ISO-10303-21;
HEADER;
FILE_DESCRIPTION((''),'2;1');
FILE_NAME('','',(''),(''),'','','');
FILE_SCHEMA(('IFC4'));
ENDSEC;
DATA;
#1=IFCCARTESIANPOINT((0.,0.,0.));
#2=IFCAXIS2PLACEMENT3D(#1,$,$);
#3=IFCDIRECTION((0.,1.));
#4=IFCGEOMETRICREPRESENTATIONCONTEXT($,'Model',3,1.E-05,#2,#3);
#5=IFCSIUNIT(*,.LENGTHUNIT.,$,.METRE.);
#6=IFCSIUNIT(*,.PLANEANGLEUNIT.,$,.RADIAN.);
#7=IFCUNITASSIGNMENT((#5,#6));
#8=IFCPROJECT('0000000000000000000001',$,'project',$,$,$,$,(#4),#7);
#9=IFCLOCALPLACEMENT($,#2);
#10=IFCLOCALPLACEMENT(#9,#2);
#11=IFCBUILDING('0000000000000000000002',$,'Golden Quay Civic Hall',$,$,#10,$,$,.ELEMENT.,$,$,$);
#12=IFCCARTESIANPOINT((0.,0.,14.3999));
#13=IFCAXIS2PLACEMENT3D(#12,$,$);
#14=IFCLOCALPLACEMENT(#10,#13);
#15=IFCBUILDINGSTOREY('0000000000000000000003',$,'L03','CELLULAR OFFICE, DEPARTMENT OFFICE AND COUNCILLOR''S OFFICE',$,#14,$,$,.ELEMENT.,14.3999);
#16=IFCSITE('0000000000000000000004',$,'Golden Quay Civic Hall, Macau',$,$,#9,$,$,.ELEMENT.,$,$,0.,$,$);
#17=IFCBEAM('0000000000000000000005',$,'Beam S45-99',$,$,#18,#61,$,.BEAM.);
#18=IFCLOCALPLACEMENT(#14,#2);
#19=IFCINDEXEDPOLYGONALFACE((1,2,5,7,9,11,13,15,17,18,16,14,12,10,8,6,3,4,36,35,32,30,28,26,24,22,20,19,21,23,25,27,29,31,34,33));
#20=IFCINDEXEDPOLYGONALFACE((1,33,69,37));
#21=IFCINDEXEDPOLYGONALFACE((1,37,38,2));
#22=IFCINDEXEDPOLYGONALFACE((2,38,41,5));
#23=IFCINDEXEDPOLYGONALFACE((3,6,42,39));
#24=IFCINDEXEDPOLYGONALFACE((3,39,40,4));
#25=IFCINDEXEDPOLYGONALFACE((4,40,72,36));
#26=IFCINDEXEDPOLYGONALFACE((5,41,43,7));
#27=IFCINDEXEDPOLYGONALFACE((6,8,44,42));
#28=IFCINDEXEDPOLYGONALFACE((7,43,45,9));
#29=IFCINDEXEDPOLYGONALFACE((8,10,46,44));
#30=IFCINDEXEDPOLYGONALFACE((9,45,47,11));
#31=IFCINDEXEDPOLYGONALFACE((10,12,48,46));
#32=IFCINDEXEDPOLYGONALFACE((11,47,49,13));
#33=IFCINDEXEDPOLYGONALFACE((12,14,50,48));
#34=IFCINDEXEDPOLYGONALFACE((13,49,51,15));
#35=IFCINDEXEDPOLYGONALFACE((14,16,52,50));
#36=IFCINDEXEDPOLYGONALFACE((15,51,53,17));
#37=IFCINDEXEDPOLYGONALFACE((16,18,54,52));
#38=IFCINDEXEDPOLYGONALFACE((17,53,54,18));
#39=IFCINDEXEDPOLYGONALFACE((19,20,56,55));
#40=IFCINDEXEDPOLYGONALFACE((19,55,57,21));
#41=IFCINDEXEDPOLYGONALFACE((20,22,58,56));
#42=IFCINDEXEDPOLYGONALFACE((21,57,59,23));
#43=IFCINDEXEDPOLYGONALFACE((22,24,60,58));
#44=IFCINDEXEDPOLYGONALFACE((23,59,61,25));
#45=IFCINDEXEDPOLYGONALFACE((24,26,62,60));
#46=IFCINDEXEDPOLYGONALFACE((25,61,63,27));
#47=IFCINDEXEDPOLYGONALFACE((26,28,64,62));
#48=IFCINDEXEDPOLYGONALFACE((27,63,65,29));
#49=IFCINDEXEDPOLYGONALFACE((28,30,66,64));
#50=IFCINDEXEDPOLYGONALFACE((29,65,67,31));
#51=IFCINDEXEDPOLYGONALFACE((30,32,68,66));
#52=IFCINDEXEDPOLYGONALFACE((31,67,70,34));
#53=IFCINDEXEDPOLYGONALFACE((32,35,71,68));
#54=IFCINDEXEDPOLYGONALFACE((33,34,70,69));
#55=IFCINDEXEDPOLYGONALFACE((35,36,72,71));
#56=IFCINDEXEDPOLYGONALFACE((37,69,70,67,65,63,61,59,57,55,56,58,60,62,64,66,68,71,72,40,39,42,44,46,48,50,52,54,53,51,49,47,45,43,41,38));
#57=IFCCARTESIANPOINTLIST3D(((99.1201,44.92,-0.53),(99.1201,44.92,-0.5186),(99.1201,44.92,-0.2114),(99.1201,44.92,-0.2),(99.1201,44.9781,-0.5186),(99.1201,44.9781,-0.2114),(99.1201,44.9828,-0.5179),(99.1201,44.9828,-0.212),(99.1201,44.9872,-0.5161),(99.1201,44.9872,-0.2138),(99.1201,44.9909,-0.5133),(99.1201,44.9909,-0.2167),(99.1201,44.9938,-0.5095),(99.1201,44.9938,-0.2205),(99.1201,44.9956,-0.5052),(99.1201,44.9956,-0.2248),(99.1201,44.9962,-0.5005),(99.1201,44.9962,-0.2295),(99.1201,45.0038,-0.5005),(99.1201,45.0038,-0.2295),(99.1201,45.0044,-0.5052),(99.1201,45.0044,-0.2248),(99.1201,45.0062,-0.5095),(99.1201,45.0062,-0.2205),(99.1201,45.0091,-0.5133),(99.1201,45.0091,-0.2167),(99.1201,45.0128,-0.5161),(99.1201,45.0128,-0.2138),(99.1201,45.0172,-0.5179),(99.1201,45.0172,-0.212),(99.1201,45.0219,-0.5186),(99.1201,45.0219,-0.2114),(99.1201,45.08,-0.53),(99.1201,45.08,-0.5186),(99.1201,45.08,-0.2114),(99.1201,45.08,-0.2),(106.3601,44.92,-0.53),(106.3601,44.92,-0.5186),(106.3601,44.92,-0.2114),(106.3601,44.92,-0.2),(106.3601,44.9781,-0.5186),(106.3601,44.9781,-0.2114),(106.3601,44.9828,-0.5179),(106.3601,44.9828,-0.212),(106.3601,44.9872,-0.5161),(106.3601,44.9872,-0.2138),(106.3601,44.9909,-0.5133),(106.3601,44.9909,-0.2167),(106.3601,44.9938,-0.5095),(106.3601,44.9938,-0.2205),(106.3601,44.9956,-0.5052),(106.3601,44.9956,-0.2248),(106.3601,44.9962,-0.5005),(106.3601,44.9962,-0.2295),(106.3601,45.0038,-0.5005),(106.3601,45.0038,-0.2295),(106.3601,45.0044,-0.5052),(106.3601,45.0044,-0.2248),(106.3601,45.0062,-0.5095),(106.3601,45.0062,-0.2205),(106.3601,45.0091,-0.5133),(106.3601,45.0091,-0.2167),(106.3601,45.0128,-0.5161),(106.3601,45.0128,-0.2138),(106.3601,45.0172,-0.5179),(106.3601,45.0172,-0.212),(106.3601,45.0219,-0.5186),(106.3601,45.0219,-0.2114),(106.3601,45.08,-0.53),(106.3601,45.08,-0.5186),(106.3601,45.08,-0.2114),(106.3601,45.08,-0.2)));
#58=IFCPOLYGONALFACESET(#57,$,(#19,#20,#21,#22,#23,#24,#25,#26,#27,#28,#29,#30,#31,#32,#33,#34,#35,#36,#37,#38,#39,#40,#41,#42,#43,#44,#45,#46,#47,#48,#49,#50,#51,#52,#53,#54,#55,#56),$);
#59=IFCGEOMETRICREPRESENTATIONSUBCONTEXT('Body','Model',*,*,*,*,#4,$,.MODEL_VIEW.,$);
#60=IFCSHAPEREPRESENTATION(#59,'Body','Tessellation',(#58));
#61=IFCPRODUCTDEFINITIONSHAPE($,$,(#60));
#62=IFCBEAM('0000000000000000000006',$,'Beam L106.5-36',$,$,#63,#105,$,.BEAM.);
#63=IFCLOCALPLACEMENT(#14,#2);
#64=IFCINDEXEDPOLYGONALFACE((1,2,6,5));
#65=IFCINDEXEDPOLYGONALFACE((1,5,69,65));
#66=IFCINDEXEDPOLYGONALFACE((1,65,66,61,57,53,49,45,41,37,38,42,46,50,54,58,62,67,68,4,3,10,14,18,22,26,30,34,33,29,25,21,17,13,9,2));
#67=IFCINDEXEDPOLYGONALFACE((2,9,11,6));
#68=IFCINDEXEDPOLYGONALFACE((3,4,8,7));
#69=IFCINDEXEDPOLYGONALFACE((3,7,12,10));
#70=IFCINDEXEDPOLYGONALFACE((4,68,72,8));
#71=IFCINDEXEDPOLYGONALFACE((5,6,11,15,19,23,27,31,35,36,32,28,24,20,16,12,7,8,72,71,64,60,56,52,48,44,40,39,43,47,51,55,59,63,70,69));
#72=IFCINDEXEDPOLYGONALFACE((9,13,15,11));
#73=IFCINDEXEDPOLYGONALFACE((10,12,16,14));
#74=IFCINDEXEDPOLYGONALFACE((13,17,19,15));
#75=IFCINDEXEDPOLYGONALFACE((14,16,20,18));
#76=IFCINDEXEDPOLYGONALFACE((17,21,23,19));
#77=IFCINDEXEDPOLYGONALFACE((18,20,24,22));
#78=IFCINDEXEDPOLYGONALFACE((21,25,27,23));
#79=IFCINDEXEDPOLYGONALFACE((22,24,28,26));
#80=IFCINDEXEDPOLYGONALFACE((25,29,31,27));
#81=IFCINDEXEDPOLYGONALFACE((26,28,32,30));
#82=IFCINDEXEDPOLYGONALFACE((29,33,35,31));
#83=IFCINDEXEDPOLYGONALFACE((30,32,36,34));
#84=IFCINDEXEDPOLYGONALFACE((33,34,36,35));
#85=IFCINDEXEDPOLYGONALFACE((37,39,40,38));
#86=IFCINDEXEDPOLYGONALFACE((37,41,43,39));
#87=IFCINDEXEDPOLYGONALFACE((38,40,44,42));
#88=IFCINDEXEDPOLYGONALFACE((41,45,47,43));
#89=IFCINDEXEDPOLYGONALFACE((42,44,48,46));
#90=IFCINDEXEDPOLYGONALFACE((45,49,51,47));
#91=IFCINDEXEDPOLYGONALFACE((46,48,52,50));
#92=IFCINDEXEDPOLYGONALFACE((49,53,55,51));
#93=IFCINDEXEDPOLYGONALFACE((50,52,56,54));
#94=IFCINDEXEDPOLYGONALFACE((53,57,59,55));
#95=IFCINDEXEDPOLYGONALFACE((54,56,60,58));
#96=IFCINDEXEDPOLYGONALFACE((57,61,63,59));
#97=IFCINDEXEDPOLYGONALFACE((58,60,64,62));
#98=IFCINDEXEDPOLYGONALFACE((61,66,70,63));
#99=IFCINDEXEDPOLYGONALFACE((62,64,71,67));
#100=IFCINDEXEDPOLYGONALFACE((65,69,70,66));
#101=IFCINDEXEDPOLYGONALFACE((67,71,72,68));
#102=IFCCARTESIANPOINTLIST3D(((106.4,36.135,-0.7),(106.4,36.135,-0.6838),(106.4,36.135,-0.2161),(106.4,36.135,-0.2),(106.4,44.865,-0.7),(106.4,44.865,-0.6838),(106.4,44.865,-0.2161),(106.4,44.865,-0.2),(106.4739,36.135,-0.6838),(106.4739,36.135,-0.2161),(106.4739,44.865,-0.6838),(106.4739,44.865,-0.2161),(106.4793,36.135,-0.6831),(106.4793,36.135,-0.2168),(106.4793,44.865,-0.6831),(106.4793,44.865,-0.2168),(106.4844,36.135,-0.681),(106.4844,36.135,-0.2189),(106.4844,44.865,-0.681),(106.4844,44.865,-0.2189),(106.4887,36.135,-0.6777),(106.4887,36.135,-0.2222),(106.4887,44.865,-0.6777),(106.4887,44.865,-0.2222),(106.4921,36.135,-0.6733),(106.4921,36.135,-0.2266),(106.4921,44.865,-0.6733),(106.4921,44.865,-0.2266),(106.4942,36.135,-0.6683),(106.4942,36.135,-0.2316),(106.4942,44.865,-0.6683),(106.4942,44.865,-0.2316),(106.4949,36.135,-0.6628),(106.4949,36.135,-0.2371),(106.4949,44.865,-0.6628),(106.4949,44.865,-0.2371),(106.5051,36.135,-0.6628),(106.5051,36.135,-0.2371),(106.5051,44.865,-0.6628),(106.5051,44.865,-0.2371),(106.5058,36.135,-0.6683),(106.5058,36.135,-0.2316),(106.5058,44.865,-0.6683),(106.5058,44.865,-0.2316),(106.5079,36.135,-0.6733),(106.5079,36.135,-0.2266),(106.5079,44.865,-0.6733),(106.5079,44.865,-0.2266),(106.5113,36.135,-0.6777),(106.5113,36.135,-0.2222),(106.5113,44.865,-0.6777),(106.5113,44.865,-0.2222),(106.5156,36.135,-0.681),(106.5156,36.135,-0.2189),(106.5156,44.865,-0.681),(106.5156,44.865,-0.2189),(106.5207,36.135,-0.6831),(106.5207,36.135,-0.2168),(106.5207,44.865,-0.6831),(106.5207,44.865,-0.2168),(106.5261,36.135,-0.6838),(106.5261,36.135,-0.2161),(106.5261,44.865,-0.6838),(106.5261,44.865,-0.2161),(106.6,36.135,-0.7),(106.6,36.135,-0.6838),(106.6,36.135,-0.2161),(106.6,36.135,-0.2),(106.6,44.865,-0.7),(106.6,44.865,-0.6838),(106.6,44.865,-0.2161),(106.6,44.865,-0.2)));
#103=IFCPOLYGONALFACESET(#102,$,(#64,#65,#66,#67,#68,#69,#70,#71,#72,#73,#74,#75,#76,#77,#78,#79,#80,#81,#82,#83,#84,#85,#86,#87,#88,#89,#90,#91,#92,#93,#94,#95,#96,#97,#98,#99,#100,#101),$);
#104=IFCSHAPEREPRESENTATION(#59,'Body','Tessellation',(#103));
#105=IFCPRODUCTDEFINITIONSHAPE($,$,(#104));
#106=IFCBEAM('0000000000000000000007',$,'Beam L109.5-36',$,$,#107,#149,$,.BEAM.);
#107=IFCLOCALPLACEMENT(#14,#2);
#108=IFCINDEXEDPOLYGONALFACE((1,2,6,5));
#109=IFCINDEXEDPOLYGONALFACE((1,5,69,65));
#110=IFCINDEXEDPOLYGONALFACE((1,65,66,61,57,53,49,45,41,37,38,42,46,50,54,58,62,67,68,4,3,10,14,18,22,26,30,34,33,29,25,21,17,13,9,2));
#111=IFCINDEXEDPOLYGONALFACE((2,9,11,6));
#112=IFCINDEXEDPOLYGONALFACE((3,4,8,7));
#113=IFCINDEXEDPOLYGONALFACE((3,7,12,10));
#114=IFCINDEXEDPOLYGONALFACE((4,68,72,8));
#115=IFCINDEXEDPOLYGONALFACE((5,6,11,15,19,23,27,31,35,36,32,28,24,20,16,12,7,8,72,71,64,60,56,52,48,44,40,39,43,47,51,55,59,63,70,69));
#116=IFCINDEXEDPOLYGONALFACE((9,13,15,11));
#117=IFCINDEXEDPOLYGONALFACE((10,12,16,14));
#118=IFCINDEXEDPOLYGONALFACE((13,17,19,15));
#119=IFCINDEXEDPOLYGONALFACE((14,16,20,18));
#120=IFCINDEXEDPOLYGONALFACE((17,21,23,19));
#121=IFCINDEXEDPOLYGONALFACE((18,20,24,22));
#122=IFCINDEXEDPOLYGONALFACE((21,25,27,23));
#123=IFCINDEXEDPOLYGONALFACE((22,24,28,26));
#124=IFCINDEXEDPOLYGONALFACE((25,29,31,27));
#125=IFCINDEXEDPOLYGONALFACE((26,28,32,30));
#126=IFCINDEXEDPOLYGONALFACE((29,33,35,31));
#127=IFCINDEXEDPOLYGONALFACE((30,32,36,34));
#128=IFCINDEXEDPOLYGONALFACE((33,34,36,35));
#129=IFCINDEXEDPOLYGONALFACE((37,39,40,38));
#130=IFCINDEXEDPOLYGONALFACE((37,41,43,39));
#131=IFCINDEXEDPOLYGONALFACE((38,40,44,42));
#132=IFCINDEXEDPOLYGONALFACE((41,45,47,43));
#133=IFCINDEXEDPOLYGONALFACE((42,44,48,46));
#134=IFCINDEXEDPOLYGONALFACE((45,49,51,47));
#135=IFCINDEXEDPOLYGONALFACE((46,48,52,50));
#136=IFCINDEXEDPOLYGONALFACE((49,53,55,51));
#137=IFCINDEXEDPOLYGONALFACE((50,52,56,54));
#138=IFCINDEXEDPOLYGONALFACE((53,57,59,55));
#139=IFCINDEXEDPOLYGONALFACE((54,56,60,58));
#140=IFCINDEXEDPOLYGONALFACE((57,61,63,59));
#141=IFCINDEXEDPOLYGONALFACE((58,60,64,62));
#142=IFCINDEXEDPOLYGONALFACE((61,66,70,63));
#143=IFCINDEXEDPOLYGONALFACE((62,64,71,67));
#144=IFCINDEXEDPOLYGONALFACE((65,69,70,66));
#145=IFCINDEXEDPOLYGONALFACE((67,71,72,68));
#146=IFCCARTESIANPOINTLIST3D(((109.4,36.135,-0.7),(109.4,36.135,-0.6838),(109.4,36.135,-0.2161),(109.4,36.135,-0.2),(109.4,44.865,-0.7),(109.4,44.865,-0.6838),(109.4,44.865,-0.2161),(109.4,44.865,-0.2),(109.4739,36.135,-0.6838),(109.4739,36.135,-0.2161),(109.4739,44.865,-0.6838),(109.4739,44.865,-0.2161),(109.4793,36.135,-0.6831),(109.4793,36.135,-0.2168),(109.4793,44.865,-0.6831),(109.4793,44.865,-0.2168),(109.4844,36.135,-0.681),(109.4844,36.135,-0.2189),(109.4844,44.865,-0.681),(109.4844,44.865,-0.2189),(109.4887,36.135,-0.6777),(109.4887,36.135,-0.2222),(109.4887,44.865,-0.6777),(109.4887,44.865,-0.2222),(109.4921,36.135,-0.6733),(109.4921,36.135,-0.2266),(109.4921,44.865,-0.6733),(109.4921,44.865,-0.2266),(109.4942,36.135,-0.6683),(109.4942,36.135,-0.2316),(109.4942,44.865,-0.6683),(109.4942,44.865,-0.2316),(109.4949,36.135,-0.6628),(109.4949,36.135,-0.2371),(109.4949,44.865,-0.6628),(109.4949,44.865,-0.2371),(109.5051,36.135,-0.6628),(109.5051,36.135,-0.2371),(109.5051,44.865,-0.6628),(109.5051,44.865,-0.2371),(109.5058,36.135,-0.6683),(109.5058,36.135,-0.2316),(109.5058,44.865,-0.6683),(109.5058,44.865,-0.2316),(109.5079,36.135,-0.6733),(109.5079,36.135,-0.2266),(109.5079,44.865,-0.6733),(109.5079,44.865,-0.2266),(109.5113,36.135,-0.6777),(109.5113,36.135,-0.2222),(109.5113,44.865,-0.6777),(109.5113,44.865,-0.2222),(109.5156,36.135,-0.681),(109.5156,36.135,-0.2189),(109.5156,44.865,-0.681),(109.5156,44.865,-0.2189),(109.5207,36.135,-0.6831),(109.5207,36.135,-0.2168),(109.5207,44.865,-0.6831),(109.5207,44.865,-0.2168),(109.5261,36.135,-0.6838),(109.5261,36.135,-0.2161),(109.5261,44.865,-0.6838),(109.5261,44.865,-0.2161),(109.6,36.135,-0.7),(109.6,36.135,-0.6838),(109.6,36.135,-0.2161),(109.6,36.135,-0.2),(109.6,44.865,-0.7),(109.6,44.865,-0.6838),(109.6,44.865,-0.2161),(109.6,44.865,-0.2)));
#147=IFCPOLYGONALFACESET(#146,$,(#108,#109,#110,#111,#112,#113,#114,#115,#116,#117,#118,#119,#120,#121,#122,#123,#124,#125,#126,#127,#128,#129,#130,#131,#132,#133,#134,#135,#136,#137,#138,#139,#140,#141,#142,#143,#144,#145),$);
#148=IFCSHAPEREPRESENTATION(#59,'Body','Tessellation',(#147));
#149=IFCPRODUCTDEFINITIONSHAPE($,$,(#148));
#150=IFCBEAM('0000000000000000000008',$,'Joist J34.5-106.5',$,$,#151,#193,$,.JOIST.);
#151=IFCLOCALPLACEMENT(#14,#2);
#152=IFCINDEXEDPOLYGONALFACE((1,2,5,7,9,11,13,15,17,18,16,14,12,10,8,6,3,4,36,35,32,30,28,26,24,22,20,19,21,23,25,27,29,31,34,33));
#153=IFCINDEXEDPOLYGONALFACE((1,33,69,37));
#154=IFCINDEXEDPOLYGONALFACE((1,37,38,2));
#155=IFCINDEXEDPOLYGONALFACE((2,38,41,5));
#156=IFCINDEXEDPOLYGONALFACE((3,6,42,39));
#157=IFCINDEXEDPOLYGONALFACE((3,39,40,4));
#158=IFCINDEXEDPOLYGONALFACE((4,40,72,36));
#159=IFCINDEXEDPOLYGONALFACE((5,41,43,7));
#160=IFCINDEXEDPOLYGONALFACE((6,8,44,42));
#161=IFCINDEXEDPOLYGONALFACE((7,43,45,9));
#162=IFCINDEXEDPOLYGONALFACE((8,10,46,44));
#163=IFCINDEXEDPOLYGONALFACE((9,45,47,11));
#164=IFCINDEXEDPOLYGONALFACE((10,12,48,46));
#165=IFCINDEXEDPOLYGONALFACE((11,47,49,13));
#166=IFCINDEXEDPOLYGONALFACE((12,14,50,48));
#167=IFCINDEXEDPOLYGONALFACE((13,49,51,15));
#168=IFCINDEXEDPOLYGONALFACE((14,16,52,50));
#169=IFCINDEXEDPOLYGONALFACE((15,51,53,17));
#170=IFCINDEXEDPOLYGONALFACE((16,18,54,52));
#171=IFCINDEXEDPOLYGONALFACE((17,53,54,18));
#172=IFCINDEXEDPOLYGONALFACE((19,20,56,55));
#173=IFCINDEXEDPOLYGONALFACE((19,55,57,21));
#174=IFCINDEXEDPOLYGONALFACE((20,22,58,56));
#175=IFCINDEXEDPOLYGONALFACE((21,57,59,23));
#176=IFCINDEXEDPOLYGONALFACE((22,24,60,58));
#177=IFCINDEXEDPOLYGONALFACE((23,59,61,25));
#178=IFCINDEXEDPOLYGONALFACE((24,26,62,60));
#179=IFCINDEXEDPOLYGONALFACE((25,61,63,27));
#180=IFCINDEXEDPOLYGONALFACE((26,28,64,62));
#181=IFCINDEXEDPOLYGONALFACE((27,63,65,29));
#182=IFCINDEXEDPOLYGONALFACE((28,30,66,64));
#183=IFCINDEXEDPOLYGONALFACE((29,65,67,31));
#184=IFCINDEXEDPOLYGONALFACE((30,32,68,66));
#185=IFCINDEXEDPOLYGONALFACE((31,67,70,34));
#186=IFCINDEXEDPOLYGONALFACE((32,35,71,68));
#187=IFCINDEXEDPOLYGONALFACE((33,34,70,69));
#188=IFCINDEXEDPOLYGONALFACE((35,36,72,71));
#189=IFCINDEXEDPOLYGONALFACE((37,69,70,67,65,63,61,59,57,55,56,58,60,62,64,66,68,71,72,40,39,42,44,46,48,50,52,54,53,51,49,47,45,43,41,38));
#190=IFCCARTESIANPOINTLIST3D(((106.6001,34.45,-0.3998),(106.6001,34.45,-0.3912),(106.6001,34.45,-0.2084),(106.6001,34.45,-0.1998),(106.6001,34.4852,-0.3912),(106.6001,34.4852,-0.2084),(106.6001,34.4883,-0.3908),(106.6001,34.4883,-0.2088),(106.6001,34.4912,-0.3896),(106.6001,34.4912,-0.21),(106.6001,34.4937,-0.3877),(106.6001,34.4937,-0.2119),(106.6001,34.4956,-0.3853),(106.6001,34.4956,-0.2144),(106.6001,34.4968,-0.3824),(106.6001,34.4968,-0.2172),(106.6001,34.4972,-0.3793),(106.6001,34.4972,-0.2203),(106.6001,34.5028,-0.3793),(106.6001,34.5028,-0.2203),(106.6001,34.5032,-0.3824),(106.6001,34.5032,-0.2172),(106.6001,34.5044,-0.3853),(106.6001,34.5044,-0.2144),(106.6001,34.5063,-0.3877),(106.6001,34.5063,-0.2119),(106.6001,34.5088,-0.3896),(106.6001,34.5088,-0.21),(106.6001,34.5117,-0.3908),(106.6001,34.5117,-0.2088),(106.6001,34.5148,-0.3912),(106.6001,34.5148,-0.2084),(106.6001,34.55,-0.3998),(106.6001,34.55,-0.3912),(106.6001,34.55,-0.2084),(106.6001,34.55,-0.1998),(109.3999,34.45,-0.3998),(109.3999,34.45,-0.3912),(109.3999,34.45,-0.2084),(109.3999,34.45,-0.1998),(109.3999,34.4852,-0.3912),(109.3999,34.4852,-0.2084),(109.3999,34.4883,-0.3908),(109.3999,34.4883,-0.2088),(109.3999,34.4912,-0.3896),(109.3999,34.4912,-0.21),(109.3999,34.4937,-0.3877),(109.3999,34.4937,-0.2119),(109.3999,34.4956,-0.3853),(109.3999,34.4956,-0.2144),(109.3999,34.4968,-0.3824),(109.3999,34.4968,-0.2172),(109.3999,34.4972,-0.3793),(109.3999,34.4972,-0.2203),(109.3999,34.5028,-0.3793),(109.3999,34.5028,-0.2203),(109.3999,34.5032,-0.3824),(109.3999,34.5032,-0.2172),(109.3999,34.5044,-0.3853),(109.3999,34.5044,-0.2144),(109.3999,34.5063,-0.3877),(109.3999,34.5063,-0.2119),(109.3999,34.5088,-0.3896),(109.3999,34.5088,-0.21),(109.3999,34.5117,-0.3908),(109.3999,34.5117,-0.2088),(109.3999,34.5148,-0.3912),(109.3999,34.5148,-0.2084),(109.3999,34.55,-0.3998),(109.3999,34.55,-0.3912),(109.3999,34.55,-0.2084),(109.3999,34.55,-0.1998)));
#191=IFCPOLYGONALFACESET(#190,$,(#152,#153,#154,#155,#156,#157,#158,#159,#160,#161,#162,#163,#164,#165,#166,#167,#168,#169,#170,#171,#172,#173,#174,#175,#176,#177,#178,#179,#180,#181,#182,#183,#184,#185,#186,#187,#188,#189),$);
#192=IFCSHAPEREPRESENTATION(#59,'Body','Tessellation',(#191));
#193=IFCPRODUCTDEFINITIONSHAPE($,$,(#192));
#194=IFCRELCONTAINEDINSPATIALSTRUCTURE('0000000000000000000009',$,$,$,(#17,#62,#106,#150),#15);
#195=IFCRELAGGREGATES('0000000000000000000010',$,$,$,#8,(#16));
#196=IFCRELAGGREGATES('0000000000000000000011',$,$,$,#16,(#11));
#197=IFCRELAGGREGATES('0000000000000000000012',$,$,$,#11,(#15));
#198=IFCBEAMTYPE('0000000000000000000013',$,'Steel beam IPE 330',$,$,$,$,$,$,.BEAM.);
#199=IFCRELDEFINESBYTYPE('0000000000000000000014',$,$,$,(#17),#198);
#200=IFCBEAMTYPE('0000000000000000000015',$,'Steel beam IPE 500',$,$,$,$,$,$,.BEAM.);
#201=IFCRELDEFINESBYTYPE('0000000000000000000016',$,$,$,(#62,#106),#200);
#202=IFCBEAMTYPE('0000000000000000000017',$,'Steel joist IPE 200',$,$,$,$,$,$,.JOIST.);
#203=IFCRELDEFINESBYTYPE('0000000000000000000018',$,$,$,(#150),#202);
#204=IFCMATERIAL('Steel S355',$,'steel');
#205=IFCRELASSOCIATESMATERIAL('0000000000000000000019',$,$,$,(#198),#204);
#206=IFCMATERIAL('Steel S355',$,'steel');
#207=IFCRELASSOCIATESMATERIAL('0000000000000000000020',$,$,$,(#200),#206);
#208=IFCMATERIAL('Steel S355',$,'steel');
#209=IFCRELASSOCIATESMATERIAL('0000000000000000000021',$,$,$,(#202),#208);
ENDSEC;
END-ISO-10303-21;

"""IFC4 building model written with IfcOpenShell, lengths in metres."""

from ifc_helpers import new_model, si_unit, direction, frame, origin, origin_2d, place, context, subcontext, project, spatial, i_section, extrude, material, material_profile, profile_set, type_object, element, save


model = new_model("IFC4")

# Units and contexts
model_context = context("Model", 3, precision=1e-05, world=origin(), true_north=direction((0.0, 1.0)))
body_context = subcontext(model_context, "Body", "Model", "MODEL_VIEW")
ifc_project = project(units=[si_unit("LENGTHUNIT", "METRE"), si_unit("PLANEANGLEUNIT", "RADIAN")], contexts=[model_context])

# Site, building, storey
site_placement = place(None, origin())
site = spatial("IfcSite", under=ifc_project, at=site_placement, Name="Golden Quay Civic Hall, Macau", CompositionType="ELEMENT", RefElevation=0.0)
building_placement = place(site_placement, origin())
building = spatial("IfcBuilding", under=site, at=building_placement, Name="Golden Quay Civic Hall", CompositionType="ELEMENT")
storey_placement = place(building_placement, frame((0.0, 0.0, 14.3999)))
storey = spatial("IfcBuildingStorey", under=building, at=storey_placement, Name="L03", Description="CELLULAR OFFICE, DEPARTMENT OFFICE AND COUNCILLOR'S OFFICE", CompositionType="ELEMENT", Elevation=14.3999)

# Beams
ifc_material_1 = material(Name="Steel S355", Category="steel")
ifc_material_profile_1 = material_profile(ifc_material_1, i_section(OverallWidth=0.1599, OverallDepth=0.3301, WebThickness=0.0076, FlangeThickness=0.0115, FilletRadius=0.0181, at=origin_2d()), Name="IPE 330")
ifc_profile_set_1 = profile_set([ifc_material_profile_1], Name="Steel S355")
beam_type_1 = type_object("IfcBeamType", Name="Steel beam IPE 330", PredefinedType="BEAM", material=ifc_profile_set_1)
for number, where, z_axis, x_axis, name in (
    (1, (99.1201, 45.0, -0.365), (1.0, 0.0, 0.0), (0.0, 1.0, 0.0), "Beam S45-99"),
):
    element("IfcBeam", number, at=place(storey_placement, frame(where, z_axis=z_axis, x_axis=x_axis)), inside=storey, type_object=beam_type_1, Name=name, PredefinedType="BEAM", context=body_context, shape_type="SweptSolid", body=[
        extrude(i_section(OverallWidth=0.1599, OverallDepth=0.3301, WebThickness=0.0076, FlangeThickness=0.0115, FilletRadius=0.0181, at=origin_2d()), origin(), (0.0, 0.0, 1.0), 7.24),
    ])
ifc_material_2 = material(Name="Steel S355", Category="steel")
ifc_material_profile_2 = material_profile(ifc_material_2, i_section(OverallWidth=0.2, OverallDepth=0.5, WebThickness=0.0103, FlangeThickness=0.0161, FilletRadius=0.021, at=origin_2d()), Name="IPE 500")
ifc_profile_set_2 = profile_set([ifc_material_profile_2], Name="Steel S355")
beam_type_2 = type_object("IfcBeamType", Name="Steel beam IPE 500", PredefinedType="BEAM", material=ifc_profile_set_2)
for number, where, z_axis, x_axis, name in (
    (2, (106.5, 36.135, -0.45), (0.0, 1.0, 0.0), (-1.0, 0.0, 0.0), "Beam L106.5-36"),
    (3, (109.5, 36.135, -0.45), (0.0, 1.0, 0.0), (-1.0, 0.0, 0.0), "Beam L109.5-36"),
):
    element("IfcBeam", number, at=place(storey_placement, frame(where, z_axis=z_axis, x_axis=x_axis)), inside=storey, type_object=beam_type_2, Name=name, PredefinedType="BEAM", context=body_context, shape_type="SweptSolid", body=[
        extrude(i_section(OverallWidth=0.2, OverallDepth=0.5, WebThickness=0.0103, FlangeThickness=0.0161, FilletRadius=0.021, at=origin_2d()), origin(), (0.0, 0.0, 1.0), 8.73),
    ])
ifc_material_3 = material(Name="Steel S355", Category="steel")
ifc_material_profile_3 = material_profile(ifc_material_3, i_section(OverallWidth=0.1001, OverallDepth=0.2, WebThickness=0.0056, FlangeThickness=0.0085, FilletRadius=0.012, at=origin_2d()), Name="IPE 200")
ifc_profile_set_3 = profile_set([ifc_material_profile_3], Name="Steel S355")
beam_type_3 = type_object("IfcBeamType", Name="Steel joist IPE 200", PredefinedType="JOIST", material=ifc_profile_set_3)
for number, where, z_axis, x_axis, name in (
    (4, (106.6001, 34.5, -0.2998), (1.0, 0.0, 0.0), (0.0, 1.0, 0.0), "Joist J34.5-106.5"),
):
    element("IfcBeam", number, at=place(storey_placement, frame(where, z_axis=z_axis, x_axis=x_axis)), inside=storey, type_object=beam_type_3, Name=name, PredefinedType="JOIST", context=body_context, shape_type="SweptSolid", body=[
        extrude(i_section(OverallWidth=0.1001, OverallDepth=0.2, WebThickness=0.0056, FlangeThickness=0.0085, FilletRadius=0.012, at=origin_2d()), origin(), (0.0, 0.0, 1.0), 2.7998),
    ])

save(model, "model.ifc")
